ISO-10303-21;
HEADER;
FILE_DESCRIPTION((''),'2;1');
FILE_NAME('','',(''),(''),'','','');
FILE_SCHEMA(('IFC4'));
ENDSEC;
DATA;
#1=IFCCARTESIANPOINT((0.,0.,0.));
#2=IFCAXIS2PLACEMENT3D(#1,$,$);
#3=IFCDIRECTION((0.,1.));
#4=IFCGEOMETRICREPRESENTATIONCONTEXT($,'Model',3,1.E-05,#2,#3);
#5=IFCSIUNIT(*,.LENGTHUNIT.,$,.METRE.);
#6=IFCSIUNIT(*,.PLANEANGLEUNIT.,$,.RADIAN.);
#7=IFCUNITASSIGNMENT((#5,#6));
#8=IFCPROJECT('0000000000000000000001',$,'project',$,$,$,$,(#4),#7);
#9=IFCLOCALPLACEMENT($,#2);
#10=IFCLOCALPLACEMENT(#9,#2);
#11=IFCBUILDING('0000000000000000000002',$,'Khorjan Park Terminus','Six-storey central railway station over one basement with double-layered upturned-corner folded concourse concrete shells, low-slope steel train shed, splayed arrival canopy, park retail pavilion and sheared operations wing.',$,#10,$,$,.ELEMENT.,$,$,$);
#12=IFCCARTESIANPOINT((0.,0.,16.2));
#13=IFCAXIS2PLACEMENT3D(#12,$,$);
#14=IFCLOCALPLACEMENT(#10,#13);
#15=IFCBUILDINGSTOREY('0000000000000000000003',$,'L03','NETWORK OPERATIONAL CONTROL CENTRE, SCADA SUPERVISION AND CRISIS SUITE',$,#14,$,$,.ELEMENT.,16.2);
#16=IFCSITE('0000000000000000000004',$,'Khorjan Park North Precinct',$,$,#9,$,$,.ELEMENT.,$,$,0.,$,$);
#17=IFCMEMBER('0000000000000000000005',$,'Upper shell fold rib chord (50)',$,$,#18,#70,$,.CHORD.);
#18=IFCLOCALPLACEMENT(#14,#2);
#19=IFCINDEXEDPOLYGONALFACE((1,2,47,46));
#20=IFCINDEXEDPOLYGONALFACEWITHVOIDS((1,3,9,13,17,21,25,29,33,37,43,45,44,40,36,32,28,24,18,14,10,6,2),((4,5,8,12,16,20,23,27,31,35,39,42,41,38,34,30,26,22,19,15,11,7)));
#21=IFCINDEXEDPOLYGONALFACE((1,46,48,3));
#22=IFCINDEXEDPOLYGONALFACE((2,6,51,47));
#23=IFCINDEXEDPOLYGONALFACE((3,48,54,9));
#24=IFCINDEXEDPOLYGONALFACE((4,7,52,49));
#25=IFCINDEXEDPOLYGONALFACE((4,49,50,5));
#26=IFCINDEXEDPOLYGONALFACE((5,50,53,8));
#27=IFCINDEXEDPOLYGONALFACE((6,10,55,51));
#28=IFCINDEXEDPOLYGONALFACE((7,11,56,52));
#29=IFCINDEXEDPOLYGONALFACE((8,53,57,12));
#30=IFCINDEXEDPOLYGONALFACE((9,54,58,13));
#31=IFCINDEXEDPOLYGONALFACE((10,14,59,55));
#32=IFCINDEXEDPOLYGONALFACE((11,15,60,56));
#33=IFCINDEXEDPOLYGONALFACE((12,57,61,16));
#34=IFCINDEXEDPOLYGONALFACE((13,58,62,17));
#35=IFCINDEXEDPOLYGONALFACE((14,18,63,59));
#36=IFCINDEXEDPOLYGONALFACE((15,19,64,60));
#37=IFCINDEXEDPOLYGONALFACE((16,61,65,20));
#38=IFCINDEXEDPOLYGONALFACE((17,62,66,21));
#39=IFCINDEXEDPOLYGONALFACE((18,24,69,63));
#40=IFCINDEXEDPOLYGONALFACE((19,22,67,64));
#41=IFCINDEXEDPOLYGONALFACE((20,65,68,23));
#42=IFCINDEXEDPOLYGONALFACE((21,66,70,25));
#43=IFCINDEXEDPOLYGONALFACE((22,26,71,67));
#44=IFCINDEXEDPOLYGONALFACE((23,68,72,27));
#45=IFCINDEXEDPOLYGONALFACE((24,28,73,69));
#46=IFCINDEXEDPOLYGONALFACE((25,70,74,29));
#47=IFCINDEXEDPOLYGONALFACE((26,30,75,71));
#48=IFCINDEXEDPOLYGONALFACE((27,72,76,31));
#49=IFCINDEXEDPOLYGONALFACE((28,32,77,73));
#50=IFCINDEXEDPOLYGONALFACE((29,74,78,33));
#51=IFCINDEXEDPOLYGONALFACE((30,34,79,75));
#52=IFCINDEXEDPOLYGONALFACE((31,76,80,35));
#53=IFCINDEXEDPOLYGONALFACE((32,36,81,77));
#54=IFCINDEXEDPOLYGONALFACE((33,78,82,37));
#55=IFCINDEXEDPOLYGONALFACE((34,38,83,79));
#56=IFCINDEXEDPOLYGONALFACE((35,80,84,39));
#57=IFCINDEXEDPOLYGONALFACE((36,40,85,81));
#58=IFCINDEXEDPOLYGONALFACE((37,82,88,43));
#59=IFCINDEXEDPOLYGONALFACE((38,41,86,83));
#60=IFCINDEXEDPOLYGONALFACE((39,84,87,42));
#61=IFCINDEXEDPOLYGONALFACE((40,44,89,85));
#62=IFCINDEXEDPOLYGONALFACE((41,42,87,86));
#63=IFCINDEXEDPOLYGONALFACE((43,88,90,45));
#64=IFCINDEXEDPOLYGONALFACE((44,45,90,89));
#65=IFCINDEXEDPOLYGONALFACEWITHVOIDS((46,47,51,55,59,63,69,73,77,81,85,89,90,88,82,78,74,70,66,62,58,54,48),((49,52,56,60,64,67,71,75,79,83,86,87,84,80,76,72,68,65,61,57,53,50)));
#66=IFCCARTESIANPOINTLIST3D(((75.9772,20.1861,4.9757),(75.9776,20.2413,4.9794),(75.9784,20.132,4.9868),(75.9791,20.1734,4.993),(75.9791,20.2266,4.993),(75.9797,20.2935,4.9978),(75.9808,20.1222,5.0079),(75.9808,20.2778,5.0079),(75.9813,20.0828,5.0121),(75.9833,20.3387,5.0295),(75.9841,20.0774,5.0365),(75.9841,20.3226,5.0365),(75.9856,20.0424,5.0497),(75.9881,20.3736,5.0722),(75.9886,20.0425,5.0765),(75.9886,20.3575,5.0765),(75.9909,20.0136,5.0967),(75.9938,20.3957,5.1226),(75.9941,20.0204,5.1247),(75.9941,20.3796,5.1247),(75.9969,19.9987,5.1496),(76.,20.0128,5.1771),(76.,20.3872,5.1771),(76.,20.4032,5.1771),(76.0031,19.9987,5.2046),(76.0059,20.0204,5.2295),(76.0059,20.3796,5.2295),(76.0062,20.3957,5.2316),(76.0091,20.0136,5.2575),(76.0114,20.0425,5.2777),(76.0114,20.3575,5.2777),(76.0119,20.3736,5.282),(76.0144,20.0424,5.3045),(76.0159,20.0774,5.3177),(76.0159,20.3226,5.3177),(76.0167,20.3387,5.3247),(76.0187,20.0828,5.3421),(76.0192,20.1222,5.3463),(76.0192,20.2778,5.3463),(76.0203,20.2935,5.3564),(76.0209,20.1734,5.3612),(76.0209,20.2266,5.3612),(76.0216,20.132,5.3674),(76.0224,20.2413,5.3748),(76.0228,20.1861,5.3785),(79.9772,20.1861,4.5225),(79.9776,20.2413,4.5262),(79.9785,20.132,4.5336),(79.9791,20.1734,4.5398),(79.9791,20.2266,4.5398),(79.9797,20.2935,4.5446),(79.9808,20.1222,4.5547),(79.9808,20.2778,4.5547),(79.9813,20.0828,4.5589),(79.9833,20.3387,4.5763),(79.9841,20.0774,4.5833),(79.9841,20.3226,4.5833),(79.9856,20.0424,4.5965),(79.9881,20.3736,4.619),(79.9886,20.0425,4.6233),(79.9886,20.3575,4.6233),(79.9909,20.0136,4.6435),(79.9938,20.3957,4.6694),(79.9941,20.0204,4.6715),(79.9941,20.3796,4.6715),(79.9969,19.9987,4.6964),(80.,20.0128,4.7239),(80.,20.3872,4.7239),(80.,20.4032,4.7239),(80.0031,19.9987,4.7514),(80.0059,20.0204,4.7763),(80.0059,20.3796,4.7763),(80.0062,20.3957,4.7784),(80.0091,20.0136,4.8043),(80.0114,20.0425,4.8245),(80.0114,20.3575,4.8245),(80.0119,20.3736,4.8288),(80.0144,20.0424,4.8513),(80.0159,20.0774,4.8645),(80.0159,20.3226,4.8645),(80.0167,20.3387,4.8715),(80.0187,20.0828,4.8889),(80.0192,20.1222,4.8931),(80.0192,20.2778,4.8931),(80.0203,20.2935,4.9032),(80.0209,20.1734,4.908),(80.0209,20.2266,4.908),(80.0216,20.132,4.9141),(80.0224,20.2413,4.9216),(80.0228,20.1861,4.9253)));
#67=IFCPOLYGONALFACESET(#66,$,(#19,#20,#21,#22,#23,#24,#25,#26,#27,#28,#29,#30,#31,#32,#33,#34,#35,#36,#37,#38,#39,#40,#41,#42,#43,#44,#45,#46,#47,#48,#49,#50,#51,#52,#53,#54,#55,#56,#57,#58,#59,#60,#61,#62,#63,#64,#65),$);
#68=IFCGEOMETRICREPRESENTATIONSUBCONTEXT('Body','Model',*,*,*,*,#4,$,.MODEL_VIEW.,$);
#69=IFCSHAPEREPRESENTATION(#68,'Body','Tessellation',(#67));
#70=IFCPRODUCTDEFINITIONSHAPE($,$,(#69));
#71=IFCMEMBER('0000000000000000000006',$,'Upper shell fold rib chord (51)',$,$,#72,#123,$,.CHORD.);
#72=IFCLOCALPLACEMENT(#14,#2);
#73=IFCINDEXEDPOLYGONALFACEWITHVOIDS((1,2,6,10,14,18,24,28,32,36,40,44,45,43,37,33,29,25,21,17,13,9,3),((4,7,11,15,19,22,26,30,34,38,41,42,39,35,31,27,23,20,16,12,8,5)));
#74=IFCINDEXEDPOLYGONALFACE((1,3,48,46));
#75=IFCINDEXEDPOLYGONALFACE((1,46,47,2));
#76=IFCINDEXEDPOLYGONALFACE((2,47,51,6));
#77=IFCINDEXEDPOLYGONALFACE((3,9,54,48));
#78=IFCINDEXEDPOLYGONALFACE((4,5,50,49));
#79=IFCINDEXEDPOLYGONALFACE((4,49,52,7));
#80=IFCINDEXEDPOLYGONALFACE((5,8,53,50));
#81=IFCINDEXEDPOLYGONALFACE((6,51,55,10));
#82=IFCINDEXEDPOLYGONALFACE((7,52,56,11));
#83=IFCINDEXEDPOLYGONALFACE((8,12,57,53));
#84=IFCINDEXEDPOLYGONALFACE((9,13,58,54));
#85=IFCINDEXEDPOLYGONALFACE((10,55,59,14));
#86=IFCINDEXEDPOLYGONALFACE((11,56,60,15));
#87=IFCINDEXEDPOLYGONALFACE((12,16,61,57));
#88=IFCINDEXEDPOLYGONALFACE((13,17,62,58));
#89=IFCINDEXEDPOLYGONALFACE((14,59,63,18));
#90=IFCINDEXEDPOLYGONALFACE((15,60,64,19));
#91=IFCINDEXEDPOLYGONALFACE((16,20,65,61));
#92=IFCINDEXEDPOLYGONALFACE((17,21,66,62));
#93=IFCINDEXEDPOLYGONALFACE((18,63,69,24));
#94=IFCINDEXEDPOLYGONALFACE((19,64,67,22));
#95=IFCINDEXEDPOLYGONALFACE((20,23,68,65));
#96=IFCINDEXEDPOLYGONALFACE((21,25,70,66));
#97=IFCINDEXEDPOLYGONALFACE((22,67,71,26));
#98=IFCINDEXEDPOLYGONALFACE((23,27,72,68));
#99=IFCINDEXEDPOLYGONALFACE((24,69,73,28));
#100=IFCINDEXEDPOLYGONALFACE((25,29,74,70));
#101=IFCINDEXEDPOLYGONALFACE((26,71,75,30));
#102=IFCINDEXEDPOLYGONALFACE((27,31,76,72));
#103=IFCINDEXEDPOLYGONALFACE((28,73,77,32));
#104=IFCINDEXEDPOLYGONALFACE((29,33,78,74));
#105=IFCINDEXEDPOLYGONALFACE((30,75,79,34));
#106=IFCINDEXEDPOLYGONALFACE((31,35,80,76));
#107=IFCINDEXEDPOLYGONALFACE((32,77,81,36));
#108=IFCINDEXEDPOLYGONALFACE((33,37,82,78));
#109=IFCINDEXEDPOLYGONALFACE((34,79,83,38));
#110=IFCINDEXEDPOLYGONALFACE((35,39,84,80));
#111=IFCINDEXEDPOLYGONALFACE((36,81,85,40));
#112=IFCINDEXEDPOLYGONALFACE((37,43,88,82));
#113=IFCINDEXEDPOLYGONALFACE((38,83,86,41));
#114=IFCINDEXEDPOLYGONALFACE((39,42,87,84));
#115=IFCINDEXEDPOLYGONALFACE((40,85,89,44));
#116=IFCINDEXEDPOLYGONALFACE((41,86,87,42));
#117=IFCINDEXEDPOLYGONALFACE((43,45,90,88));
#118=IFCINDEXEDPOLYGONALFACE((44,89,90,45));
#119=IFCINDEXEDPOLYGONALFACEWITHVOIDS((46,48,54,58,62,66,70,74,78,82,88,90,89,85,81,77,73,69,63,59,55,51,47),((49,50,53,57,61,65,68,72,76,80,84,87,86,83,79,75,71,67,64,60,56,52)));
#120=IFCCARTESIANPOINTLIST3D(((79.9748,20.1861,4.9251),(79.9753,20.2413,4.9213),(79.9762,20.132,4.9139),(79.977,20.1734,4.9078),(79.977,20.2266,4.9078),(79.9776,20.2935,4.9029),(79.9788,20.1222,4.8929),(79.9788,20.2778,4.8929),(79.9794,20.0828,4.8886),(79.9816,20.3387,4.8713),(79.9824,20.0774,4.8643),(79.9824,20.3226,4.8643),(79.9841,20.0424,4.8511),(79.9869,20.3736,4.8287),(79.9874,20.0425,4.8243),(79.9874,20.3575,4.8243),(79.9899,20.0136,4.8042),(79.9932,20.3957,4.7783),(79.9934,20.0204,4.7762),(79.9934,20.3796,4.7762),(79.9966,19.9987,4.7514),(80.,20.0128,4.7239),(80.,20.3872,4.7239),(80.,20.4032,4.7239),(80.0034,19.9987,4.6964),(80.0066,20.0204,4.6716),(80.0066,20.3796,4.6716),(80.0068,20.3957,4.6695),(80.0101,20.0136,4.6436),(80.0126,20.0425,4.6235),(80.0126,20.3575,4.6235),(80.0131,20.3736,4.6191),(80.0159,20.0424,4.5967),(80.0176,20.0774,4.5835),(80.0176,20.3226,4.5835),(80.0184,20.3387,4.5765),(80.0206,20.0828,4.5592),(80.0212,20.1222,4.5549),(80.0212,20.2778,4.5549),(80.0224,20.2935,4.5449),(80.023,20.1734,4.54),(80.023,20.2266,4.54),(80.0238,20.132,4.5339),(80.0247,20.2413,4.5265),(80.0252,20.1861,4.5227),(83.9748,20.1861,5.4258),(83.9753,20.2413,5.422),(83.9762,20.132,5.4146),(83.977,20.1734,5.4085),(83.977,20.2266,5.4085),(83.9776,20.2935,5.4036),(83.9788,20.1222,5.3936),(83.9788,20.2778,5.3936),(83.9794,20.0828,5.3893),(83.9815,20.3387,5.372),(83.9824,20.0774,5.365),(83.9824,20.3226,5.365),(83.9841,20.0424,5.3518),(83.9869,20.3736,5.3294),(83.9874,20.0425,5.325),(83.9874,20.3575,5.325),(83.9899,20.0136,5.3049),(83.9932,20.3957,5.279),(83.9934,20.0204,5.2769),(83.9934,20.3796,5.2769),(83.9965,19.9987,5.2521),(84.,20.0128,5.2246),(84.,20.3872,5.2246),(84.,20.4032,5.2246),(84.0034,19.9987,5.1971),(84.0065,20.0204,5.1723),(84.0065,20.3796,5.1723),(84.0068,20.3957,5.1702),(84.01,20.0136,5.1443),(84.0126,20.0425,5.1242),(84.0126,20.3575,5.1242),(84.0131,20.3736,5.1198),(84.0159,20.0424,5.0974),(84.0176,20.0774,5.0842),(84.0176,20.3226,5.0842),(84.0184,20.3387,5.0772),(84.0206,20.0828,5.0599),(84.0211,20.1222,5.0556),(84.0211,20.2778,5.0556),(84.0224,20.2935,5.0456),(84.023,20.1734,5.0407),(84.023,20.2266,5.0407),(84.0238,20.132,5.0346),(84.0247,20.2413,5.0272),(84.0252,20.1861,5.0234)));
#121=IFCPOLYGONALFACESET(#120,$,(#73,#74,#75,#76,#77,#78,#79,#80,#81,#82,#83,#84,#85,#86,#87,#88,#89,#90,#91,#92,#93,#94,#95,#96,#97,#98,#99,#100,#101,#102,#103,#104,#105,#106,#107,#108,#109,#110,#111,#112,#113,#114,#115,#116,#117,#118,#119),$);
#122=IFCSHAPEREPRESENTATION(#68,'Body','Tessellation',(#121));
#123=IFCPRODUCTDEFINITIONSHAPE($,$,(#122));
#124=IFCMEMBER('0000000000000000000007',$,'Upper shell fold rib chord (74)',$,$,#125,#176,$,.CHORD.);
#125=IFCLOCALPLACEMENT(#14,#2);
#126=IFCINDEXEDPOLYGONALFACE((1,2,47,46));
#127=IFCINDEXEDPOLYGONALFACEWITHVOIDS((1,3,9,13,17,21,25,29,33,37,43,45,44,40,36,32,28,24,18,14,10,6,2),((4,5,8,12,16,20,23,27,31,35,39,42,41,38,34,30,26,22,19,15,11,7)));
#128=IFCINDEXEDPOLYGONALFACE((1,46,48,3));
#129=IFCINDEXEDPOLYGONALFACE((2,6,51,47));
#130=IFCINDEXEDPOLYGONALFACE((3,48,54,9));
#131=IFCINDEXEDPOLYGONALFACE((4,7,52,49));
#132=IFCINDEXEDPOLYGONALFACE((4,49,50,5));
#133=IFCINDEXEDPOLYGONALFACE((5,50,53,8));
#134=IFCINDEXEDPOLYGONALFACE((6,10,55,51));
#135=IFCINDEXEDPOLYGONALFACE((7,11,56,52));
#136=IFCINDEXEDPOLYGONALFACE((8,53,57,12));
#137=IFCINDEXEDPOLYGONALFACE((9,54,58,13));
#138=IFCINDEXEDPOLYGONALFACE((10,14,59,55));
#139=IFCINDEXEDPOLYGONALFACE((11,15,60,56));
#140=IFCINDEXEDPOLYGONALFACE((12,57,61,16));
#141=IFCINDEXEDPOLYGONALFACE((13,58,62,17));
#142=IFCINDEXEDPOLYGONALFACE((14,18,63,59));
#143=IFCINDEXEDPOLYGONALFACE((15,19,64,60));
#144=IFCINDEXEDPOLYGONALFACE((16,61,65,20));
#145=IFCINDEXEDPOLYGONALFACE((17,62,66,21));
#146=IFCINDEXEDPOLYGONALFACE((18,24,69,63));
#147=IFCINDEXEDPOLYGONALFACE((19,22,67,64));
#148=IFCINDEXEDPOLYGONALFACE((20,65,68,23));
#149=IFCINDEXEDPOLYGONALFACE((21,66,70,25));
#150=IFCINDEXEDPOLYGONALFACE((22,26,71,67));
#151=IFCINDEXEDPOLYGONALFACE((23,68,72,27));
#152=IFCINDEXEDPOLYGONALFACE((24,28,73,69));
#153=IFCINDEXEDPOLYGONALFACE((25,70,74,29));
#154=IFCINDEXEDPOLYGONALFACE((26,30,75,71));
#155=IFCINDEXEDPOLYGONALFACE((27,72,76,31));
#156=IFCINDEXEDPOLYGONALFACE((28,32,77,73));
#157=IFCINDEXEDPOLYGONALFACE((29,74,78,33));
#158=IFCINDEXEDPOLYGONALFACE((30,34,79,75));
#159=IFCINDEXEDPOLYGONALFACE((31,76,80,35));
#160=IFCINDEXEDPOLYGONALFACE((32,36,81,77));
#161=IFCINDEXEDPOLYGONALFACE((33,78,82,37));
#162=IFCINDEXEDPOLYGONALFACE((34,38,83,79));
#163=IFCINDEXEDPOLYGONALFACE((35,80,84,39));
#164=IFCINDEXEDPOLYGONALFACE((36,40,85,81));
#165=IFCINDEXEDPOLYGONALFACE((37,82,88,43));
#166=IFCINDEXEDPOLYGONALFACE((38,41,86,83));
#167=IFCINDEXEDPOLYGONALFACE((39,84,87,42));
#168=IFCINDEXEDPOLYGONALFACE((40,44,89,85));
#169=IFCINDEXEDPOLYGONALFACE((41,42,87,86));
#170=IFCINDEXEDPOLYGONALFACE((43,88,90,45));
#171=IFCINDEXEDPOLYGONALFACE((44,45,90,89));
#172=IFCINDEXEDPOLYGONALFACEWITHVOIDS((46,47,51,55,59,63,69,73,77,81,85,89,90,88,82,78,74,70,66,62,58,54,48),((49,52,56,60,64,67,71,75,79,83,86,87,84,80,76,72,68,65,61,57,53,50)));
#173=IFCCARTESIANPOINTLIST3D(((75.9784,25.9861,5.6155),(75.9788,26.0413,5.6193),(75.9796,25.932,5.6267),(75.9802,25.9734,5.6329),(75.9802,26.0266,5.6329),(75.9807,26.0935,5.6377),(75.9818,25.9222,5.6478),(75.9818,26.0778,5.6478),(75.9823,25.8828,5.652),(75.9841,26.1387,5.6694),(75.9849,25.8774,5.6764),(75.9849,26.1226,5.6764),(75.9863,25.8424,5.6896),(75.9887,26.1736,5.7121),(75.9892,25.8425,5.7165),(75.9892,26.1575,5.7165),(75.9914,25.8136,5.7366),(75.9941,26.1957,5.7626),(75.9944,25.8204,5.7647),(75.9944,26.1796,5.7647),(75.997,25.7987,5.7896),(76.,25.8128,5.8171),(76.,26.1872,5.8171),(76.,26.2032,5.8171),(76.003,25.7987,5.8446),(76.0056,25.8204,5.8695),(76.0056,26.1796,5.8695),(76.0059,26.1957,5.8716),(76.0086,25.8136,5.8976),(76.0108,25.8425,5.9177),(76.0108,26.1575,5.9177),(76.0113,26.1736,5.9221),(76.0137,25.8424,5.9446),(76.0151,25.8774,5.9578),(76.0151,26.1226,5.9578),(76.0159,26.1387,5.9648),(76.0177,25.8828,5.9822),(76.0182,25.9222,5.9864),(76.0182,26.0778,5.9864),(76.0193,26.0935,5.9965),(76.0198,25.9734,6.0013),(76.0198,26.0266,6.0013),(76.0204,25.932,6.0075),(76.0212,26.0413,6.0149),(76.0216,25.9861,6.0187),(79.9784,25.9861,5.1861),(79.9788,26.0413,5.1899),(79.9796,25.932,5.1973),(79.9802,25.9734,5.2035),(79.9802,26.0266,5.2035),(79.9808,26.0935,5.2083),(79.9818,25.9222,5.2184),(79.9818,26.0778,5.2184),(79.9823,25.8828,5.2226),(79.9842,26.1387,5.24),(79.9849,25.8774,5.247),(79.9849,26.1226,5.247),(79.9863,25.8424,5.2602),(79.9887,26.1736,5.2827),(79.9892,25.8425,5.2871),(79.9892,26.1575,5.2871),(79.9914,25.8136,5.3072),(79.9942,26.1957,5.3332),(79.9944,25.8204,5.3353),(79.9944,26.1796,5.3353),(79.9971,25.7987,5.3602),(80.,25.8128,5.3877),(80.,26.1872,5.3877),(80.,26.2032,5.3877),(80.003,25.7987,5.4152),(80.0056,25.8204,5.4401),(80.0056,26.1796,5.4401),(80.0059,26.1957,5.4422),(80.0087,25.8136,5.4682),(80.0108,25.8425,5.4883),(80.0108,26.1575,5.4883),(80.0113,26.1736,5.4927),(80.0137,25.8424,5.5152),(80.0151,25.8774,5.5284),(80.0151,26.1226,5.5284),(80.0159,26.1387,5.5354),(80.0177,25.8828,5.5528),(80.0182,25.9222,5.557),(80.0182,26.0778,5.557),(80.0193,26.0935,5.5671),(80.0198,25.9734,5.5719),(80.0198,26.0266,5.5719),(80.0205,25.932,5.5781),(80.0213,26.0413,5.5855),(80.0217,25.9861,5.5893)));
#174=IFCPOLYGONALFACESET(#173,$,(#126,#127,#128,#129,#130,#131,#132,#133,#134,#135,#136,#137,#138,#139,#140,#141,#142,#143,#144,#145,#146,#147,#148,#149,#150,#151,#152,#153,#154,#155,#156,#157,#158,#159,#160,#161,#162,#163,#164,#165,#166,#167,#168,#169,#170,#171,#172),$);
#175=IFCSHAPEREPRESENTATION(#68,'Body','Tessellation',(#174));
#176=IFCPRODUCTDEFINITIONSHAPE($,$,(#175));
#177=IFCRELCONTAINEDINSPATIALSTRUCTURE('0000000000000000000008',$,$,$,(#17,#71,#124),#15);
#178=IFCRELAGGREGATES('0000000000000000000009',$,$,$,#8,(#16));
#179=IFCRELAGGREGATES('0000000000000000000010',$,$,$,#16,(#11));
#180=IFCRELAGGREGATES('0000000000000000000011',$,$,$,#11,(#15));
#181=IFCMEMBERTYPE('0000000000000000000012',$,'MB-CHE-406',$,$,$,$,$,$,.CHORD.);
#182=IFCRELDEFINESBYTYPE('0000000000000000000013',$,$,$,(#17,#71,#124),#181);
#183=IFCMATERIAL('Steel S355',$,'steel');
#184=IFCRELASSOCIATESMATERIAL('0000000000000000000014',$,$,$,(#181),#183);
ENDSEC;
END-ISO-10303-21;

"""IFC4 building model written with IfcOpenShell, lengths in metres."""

from ifc_helpers import new_model, si_unit, direction, frame, origin, origin_2d, place, context, subcontext, project, spatial, hollow_circle, extrude, material, material_profile, profile_set, type_object, element, save


model = new_model("IFC4")

# Units and contexts
model_context = context("Model", 3, precision=1e-05, world=origin(), true_north=direction((0.0, 1.0)))
body_context = subcontext(model_context, "Body", "Model", "MODEL_VIEW")
ifc_project = project(units=[si_unit("LENGTHUNIT", "METRE"), si_unit("PLANEANGLEUNIT", "RADIAN")], contexts=[model_context])

# Site, building, storey
site_placement = place(None, origin())
site = spatial("IfcSite", under=ifc_project, at=site_placement, Name="Khorjan Park North Precinct", CompositionType="ELEMENT", RefElevation=0.0)
building_placement = place(site_placement, origin())
building = spatial("IfcBuilding", under=site, at=building_placement, Name="Khorjan Park Terminus", Description="Six-storey central railway station over one basement with double-layered upturned-corner folded concourse concrete shells, low-slope steel train shed, splayed arrival canopy, park retail pavilion and sheared operations wing.", CompositionType="ELEMENT")
storey_placement = place(building_placement, frame((0.0, 0.0, 16.2)))
storey = spatial("IfcBuildingStorey", under=building, at=storey_placement, Name="L03", Description="NETWORK OPERATIONAL CONTROL CENTRE, SCADA SUPERVISION AND CRISIS SUITE", CompositionType="ELEMENT", Elevation=16.2)

# Members
ifc_material_1 = material(Name="Steel S355", Category="steel")
ifc_material_profile_1 = material_profile(ifc_material_1, hollow_circle(Radius=0.2032, WallThickness=0.016, at=origin_2d()), Name="CHS 406.4x16")
ifc_profile_set_1 = profile_set([ifc_material_profile_1], Name="Steel S355")
member_type_1 = type_object("IfcMemberType", Name="MB-CHE-406", PredefinedType="CHORD", material=ifc_profile_set_1)
member_1_placement = place(storey_placement, frame((76.0, 20.2, 5.1771), z_axis=(0.993643, 0.0, -0.11258), x_axis=(0.0, 1.0, 0.0)))
element("IfcMember", 1, at=member_1_placement, inside=storey, type_object=member_type_1, Name="Upper shell fold rib chord (50)", PredefinedType="CHORD", context=body_context, shape_type="SweptSolid", body=[
    extrude(hollow_circle(Radius=0.2032, WallThickness=0.016, at=origin_2d()), origin(), (0.0, 0.0, 1.0), 4.0256),
])
member_2_placement = place(storey_placement, frame((80.0, 20.2, 4.7239), z_axis=(0.992256, 0.0, 0.124206), x_axis=(0.0, 1.0, 0.0)))
element("IfcMember", 2, at=member_2_placement, inside=storey, type_object=member_type_1, Name="Upper shell fold rib chord (51)", PredefinedType="CHORD", context=body_context, shape_type="SweptSolid", body=[
    extrude(hollow_circle(Radius=0.2032, WallThickness=0.016, at=origin_2d()), origin(), (0.0, 0.0, 1.0), 4.0312),
])
member_3_placement = place(storey_placement, frame((76.0, 26.0, 5.8171), z_axis=(0.994287, 0.0, -0.106737), x_axis=(0.0, 1.0, 0.0)))
element("IfcMember", 3, at=member_3_placement, inside=storey, type_object=member_type_1, Name="Upper shell fold rib chord (74)", PredefinedType="CHORD", context=body_context, shape_type="SweptSolid", body=[
    extrude(hollow_circle(Radius=0.2032, WallThickness=0.016, at=origin_2d()), origin(), (0.0, 0.0, 1.0), 4.023),
])

save(model, "model.ifc")
